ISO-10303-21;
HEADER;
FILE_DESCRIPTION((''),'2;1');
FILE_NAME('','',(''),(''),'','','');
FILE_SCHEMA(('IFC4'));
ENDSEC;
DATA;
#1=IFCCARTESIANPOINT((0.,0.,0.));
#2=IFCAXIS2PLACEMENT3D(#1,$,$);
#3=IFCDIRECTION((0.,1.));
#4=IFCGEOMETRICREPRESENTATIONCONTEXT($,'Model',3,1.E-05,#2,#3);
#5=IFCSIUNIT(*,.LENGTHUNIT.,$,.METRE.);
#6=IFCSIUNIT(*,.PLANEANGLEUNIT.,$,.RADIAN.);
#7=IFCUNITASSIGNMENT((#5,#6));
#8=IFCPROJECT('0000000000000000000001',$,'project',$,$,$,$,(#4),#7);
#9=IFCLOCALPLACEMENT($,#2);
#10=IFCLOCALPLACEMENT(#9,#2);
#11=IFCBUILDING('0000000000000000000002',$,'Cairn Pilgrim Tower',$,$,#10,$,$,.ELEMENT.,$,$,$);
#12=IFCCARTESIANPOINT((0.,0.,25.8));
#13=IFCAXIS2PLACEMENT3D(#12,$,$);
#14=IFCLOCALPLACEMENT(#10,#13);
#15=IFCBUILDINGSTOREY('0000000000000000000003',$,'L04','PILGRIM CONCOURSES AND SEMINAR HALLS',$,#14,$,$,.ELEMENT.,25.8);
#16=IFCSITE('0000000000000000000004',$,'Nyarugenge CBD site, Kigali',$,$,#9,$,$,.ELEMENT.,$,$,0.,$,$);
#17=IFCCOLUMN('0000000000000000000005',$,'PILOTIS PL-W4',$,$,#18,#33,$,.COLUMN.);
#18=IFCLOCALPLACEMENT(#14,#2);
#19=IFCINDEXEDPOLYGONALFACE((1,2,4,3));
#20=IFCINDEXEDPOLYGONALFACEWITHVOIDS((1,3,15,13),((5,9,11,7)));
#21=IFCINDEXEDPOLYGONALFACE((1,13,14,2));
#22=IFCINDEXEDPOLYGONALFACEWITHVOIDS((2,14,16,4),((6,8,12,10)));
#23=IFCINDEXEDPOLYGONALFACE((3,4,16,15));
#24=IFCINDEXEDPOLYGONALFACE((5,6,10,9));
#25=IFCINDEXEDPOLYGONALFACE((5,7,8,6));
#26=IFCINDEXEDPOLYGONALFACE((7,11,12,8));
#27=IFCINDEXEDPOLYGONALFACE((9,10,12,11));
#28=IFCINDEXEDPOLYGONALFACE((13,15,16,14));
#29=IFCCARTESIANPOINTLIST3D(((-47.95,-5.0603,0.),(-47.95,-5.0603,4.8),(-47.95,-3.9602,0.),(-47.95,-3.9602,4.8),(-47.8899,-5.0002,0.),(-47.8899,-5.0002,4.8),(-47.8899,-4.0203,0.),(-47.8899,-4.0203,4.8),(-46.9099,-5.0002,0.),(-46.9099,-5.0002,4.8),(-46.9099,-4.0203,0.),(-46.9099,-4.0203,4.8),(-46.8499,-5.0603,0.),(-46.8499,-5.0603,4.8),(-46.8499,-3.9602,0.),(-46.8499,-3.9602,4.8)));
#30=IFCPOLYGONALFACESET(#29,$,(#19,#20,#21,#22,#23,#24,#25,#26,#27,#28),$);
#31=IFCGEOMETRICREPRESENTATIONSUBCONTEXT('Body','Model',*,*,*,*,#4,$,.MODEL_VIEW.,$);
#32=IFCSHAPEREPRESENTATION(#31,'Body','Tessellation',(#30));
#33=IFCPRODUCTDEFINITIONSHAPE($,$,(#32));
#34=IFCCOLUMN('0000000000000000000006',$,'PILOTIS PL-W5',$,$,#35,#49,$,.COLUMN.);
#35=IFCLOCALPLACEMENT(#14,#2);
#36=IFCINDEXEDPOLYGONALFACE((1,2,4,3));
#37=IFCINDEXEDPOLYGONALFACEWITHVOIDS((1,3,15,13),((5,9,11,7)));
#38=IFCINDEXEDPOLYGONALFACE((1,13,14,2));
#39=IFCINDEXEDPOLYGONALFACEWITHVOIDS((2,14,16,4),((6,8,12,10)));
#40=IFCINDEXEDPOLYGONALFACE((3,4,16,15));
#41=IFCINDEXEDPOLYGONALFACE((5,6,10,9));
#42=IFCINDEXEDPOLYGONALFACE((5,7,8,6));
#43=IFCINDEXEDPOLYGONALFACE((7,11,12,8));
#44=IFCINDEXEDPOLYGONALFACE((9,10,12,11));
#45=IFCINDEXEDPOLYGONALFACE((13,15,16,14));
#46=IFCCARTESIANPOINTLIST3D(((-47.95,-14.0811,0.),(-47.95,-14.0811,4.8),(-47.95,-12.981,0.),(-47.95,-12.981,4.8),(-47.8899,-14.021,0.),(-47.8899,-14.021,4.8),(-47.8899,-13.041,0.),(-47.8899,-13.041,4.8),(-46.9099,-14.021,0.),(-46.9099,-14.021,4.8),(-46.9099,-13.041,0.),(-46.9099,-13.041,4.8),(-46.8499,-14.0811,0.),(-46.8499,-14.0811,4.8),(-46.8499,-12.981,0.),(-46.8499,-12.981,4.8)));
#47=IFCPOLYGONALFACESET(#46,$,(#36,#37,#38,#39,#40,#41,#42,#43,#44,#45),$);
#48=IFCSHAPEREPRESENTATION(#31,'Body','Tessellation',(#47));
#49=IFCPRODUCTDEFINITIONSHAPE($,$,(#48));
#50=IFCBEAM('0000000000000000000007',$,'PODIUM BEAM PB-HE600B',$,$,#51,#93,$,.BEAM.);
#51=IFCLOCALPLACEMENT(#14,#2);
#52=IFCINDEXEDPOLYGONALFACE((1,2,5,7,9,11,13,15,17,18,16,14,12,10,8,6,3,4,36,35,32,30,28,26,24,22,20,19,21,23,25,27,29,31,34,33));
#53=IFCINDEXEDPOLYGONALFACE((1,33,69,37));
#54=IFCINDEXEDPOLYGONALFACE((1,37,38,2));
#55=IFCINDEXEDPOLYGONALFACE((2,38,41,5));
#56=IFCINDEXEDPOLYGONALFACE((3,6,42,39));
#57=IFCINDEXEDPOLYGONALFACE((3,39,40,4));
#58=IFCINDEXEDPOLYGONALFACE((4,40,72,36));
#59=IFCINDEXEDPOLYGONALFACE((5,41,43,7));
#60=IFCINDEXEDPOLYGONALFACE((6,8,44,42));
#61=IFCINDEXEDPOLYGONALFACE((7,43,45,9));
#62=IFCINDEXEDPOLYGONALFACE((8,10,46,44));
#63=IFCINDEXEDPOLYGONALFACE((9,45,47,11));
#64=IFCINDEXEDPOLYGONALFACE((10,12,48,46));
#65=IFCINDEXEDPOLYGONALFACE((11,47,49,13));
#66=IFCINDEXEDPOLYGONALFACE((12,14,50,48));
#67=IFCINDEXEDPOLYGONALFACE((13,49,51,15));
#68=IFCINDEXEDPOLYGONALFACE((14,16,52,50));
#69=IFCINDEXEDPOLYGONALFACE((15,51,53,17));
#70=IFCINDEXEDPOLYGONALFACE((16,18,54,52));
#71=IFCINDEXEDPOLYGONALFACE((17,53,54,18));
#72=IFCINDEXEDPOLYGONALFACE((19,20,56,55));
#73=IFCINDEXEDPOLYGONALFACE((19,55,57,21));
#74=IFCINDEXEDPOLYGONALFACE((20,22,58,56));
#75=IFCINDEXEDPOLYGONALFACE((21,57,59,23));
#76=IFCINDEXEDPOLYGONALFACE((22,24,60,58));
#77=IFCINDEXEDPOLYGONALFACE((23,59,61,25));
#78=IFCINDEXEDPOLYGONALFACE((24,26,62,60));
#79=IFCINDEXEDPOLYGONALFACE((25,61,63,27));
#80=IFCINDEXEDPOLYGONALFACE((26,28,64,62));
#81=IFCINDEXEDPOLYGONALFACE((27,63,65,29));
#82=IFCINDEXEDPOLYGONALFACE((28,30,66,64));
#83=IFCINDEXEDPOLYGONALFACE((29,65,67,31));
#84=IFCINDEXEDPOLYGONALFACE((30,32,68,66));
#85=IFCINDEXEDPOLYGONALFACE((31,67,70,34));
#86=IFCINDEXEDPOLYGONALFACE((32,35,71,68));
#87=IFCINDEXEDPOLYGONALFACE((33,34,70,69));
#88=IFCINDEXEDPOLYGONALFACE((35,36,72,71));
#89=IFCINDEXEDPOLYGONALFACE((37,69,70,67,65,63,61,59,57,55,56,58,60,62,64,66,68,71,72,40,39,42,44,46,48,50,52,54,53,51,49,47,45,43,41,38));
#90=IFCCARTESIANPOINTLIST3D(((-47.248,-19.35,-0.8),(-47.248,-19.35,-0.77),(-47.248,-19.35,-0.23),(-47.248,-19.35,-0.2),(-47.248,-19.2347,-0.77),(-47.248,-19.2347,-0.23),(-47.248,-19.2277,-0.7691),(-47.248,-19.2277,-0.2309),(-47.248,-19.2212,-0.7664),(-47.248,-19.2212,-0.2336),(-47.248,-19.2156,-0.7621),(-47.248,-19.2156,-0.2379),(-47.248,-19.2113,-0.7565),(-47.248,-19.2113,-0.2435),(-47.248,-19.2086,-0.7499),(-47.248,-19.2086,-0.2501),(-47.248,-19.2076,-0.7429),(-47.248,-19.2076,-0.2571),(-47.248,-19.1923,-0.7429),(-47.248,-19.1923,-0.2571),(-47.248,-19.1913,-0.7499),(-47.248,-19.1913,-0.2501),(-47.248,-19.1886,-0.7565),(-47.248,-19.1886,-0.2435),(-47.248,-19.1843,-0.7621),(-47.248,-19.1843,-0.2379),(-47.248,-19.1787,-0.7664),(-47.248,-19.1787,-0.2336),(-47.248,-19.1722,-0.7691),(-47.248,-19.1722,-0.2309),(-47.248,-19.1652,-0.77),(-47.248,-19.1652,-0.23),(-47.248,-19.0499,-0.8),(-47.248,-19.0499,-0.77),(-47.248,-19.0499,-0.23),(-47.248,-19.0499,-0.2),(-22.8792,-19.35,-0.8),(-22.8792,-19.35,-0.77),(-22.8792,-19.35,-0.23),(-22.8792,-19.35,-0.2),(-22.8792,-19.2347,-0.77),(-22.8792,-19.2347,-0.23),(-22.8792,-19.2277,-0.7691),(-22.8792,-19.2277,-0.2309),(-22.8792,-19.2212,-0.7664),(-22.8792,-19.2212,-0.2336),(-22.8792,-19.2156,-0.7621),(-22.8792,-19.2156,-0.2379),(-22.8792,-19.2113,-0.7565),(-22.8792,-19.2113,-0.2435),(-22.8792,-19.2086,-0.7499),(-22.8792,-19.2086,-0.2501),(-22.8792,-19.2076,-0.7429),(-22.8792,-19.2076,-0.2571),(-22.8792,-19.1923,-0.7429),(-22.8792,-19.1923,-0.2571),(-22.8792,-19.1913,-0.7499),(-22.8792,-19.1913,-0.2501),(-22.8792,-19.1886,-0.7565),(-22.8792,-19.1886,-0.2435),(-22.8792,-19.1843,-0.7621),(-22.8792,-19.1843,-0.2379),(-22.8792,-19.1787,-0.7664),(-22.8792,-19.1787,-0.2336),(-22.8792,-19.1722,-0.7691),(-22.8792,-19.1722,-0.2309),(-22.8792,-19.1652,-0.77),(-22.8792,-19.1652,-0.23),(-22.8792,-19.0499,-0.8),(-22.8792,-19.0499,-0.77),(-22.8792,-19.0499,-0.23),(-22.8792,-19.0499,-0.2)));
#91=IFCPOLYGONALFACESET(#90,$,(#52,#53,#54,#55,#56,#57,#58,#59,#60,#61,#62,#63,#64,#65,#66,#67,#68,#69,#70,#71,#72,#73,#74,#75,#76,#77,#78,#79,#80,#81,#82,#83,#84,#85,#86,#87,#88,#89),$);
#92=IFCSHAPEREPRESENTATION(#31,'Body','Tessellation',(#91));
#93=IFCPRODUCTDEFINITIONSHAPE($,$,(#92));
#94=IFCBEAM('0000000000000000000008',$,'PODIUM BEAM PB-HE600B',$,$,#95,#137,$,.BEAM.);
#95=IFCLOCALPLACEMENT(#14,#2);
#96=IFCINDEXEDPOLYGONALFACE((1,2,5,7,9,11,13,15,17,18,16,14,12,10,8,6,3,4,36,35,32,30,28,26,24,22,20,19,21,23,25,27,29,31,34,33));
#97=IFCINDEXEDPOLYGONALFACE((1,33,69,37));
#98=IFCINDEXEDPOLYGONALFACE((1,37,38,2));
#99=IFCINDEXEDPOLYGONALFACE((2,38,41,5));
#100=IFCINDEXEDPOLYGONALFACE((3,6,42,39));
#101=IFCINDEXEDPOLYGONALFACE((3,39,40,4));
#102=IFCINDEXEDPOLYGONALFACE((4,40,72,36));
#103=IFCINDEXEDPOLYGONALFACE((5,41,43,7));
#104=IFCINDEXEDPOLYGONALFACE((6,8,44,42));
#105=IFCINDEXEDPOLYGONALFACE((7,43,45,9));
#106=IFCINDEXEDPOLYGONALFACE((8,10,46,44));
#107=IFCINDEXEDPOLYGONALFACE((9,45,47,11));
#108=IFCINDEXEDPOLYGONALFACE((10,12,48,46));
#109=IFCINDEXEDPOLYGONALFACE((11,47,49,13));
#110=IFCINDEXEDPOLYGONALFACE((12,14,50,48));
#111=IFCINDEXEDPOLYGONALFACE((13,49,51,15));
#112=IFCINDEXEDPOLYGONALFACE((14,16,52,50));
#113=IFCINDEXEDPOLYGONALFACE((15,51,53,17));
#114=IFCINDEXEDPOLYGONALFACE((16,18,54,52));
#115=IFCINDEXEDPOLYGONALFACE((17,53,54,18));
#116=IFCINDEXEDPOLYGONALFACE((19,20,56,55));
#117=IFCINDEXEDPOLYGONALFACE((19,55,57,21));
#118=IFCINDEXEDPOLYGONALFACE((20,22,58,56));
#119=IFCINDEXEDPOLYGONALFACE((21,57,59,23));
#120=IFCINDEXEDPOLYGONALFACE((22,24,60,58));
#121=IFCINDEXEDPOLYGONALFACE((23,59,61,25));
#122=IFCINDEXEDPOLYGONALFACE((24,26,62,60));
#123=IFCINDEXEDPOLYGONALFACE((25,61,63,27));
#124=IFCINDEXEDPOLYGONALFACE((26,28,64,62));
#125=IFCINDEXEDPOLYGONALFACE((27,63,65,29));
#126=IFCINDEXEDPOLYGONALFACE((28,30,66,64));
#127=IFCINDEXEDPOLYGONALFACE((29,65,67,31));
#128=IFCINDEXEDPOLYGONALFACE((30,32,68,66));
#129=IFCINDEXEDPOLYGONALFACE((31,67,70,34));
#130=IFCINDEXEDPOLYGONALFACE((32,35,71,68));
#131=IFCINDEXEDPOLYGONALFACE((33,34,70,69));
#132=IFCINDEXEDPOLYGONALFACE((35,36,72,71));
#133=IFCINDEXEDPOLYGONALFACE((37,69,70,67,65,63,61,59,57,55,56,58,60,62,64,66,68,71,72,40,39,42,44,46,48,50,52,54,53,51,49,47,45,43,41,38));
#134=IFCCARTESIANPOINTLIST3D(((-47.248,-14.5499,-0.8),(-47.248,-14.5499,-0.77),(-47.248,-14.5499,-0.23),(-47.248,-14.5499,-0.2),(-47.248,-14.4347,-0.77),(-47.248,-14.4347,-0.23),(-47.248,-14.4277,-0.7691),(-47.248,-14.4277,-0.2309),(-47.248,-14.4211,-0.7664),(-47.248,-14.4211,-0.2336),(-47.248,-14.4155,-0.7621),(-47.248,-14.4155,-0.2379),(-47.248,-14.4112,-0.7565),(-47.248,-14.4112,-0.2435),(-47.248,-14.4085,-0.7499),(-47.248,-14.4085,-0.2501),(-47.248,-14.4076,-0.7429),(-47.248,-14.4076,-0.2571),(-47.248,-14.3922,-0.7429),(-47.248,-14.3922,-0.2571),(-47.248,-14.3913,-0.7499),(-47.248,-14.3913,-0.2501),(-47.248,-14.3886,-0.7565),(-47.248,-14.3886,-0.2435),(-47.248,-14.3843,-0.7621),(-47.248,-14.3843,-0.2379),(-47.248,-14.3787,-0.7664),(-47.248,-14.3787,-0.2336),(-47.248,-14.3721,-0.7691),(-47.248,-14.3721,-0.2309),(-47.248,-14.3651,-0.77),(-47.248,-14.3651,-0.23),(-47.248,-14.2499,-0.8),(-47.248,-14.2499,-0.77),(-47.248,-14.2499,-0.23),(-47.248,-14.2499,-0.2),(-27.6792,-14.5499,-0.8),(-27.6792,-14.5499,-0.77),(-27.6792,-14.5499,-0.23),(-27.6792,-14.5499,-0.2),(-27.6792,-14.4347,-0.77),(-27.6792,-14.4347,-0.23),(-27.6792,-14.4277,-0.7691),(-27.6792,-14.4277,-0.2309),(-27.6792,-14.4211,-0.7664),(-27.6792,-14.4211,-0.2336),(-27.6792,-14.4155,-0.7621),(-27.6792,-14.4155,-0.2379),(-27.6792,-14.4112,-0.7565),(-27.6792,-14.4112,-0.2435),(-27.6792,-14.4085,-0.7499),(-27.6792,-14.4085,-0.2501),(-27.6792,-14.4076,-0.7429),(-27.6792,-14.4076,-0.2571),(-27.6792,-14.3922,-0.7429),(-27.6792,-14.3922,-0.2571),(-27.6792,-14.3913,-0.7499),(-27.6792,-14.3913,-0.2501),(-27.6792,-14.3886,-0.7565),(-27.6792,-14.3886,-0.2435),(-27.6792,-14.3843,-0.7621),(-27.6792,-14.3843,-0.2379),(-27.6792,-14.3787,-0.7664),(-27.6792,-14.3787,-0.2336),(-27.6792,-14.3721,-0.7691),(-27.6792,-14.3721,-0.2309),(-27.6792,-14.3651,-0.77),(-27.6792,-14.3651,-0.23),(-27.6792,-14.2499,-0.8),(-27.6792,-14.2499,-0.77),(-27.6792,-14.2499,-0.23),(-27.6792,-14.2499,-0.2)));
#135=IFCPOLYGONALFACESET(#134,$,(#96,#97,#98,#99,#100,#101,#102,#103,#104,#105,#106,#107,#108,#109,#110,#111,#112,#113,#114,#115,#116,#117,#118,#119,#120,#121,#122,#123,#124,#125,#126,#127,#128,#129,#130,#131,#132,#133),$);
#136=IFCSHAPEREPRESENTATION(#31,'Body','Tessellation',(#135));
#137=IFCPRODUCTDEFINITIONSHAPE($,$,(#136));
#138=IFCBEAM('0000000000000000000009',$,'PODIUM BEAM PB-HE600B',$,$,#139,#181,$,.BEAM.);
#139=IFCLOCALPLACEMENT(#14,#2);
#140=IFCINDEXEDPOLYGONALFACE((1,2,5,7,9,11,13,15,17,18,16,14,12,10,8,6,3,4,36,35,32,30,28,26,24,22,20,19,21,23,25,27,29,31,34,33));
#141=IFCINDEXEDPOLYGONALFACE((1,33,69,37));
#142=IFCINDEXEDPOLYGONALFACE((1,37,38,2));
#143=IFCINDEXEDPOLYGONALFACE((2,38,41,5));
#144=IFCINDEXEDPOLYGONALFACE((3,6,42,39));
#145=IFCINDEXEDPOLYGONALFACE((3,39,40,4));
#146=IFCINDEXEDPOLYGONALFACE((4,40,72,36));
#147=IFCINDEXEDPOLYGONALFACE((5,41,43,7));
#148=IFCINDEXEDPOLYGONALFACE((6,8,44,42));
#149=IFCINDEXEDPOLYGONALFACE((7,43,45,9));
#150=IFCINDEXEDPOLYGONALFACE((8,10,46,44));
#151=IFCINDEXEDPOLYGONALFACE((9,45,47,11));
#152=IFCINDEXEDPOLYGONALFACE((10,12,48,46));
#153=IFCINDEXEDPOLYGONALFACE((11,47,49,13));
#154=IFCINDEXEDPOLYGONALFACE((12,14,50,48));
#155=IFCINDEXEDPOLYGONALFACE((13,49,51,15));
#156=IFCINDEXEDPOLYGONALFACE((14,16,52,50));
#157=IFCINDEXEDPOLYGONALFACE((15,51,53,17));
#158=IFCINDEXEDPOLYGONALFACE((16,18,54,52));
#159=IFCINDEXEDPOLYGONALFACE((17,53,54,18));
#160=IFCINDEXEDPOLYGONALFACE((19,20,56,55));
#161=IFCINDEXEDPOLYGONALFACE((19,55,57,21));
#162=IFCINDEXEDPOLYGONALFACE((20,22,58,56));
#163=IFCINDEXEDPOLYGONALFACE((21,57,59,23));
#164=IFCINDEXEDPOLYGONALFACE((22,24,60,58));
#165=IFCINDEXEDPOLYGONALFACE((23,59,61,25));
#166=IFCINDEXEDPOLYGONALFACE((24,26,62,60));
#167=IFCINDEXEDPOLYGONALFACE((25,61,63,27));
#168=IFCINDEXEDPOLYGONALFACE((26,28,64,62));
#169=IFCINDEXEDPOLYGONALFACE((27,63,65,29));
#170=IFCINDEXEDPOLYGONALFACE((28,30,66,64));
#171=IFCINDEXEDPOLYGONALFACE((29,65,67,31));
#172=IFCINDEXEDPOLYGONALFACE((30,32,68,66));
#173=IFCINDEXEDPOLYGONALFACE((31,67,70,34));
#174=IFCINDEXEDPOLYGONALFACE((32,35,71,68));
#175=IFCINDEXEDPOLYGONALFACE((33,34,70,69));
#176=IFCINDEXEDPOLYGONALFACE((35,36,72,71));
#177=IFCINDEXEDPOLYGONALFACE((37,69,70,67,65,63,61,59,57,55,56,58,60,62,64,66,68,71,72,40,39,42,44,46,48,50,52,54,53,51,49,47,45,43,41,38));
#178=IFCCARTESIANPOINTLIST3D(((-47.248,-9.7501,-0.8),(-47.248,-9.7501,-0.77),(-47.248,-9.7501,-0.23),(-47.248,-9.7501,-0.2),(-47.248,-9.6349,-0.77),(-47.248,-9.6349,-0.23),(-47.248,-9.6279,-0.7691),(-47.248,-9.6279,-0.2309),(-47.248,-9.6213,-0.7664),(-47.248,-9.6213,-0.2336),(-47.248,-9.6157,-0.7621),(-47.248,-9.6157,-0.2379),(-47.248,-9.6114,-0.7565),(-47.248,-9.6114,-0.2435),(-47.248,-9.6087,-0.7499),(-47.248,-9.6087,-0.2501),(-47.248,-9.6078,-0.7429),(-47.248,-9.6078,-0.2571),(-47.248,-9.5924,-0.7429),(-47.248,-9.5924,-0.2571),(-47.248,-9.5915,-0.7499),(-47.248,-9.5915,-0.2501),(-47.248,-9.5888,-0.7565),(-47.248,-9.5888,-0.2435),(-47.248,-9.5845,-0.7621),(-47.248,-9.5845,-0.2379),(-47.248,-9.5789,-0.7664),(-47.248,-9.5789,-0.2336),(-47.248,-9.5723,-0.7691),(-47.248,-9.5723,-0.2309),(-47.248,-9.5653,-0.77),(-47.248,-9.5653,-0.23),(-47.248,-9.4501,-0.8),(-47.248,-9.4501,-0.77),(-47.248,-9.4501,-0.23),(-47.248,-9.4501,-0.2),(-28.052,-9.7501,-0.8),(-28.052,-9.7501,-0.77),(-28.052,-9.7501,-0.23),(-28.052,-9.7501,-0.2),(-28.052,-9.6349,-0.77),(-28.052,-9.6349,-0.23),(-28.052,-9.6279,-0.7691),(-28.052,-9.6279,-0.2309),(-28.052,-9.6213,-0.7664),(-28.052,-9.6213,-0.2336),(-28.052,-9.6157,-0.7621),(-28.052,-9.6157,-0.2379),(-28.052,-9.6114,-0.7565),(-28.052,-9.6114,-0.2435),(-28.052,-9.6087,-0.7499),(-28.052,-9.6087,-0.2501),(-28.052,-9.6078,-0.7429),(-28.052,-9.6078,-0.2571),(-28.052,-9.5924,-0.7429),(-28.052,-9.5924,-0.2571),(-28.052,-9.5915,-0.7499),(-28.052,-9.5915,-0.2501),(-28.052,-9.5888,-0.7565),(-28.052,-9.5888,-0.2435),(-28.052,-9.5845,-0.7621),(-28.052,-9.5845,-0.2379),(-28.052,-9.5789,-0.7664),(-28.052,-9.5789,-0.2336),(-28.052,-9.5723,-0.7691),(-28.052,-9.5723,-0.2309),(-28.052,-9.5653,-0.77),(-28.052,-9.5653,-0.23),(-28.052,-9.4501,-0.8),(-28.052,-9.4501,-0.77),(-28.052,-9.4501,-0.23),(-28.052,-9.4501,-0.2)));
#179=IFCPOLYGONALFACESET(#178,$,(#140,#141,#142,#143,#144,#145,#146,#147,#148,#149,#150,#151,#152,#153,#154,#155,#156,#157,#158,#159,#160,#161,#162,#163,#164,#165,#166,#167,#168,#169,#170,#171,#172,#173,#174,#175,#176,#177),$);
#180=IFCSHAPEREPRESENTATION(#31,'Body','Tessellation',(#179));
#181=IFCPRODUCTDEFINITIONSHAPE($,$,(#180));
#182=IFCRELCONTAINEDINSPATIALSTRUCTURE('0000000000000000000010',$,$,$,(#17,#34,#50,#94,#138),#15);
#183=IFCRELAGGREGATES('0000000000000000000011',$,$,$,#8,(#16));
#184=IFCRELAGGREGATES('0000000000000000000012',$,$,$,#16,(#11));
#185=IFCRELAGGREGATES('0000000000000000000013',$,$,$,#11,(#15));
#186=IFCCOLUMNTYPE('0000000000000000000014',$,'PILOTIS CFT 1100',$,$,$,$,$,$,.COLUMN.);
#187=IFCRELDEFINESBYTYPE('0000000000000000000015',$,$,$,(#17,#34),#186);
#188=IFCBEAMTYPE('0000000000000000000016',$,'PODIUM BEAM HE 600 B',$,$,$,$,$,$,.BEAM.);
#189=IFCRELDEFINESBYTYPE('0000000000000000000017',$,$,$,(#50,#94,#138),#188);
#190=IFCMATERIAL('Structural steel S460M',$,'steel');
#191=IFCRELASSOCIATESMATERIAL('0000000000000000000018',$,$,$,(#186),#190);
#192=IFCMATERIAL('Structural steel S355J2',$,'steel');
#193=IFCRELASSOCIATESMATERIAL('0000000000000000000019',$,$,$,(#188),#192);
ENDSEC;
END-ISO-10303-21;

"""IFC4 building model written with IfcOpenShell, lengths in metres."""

from ifc_helpers import new_model, si_unit, direction, frame, origin, origin_2d, place, context, subcontext, project, spatial, hollow_rectangle, i_section, extrude, material, material_profile, profile_set, type_object, element, save


model = new_model("IFC4")

# Units and contexts
model_context = context("Model", 3, precision=1e-05, world=origin(), true_north=direction((0.0, 1.0)))
body_context = subcontext(model_context, "Body", "Model", "MODEL_VIEW")
ifc_project = project(units=[si_unit("LENGTHUNIT", "METRE"), si_unit("PLANEANGLEUNIT", "RADIAN")], contexts=[model_context])

# Site, building, storey
site_placement = place(None, origin())
site = spatial("IfcSite", under=ifc_project, at=site_placement, Name="Nyarugenge CBD site, Kigali", CompositionType="ELEMENT", RefElevation=0.0)
building_placement = place(site_placement, origin())
building = spatial("IfcBuilding", under=site, at=building_placement, Name="Cairn Pilgrim Tower", CompositionType="ELEMENT")
storey_placement = place(building_placement, frame((0.0, 0.0, 25.8)))
storey = spatial("IfcBuildingStorey", under=building, at=storey_placement, Name="L04", Description="PILGRIM CONCOURSES AND SEMINAR HALLS", CompositionType="ELEMENT", Elevation=25.8)

# Columns
ifc_material_1 = material(Name="Structural steel S460M", Category="steel")
ifc_material_profile_1 = material_profile(ifc_material_1, hollow_rectangle(XDim=1.1001, YDim=1.1001, WallThickness=0.0601, at=origin_2d()), Name="BOX 1100x1100x60")
ifc_profile_set_1 = profile_set([ifc_material_profile_1], Name="Structural steel S460M")
column_type = type_object("IfcColumnType", Name="PILOTIS CFT 1100", PredefinedType="COLUMN", material=ifc_profile_set_1)
for number, where, z_axis, x_axis, name in (
    (1, (-47.3999, -4.5103, 0.0), (0.0, 0.0, 1.0), (1.0, 0.0, 0.0), "PILOTIS PL-W4"),
    (2, (-47.3999, -13.531, 0.0), (0.0, 0.0, 1.0), (1.0, 0.0, 0.0), "PILOTIS PL-W5"),
):
    element("IfcColumn", number, at=place(storey_placement, frame(where, z_axis=z_axis, x_axis=x_axis)), inside=storey, type_object=column_type, Name=name, PredefinedType="COLUMN", context=body_context, shape_type="SweptSolid", body=[
        extrude(hollow_rectangle(XDim=1.1001, YDim=1.1001, WallThickness=0.0601, at=origin_2d()), origin(), (0.0, 0.0, 1.0), 4.8),
    ])

# Beams
ifc_material_2 = material(Name="Structural steel S355J2", Category="steel")
ifc_material_profile_2 = material_profile(ifc_material_2, i_section(OverallWidth=0.3, OverallDepth=0.6001, WebThickness=0.0154, FlangeThickness=0.03, FilletRadius=0.0271, at=origin_2d()), Name="HEB 600")
ifc_profile_set_2 = profile_set([ifc_material_profile_2], Name="Structural steel S355J2")
beam_type_1 = type_object("IfcBeamType", Name="PODIUM BEAM HE 600 B", PredefinedType="BEAM", material=ifc_profile_set_2)
beam_1_placement = place(storey_placement, frame((-47.248, -19.2, -0.5), z_axis=(1.0, 0.0, 0.0), x_axis=(0.0, 1.0, 0.0)))
element("IfcBeam", 3, at=beam_1_placement, inside=storey, type_object=beam_type_1, Name="PODIUM BEAM PB-HE600B", PredefinedType="BEAM", context=body_context, shape_type="SweptSolid", body=[
    extrude(i_section(OverallWidth=0.3, OverallDepth=0.6001, WebThickness=0.0154, FlangeThickness=0.03, FilletRadius=0.0271, at=origin_2d()), origin(), (0.0, 0.0, 1.0), 24.3689),
])
beam_2_placement = place(storey_placement, frame((-47.248, -14.3999, -0.5), z_axis=(1.0, 0.0, 0.0), x_axis=(0.0, 1.0, 0.0)))
element("IfcBeam", 4, at=beam_2_placement, inside=storey, type_object=beam_type_1, Name="PODIUM BEAM PB-HE600B", PredefinedType="BEAM", context=body_context, shape_type="SweptSolid", body=[
    extrude(i_section(OverallWidth=0.3, OverallDepth=0.6001, WebThickness=0.0154, FlangeThickness=0.03, FilletRadius=0.0271, at=origin_2d()), origin(), (0.0, 0.0, 1.0), 19.5688),
])
beam_3_placement = place(storey_placement, frame((-47.248, -9.6001, -0.5), z_axis=(1.0, 0.0, 0.0), x_axis=(0.0, 1.0, 0.0)))
element("IfcBeam", 5, at=beam_3_placement, inside=storey, type_object=beam_type_1, Name="PODIUM BEAM PB-HE600B", PredefinedType="BEAM", context=body_context, shape_type="SweptSolid", body=[
    extrude(i_section(OverallWidth=0.3, OverallDepth=0.6001, WebThickness=0.0154, FlangeThickness=0.03, FilletRadius=0.0271, at=origin_2d()), origin(), (0.0, 0.0, 1.0), 19.196),
])

save(model, "model.ifc")
